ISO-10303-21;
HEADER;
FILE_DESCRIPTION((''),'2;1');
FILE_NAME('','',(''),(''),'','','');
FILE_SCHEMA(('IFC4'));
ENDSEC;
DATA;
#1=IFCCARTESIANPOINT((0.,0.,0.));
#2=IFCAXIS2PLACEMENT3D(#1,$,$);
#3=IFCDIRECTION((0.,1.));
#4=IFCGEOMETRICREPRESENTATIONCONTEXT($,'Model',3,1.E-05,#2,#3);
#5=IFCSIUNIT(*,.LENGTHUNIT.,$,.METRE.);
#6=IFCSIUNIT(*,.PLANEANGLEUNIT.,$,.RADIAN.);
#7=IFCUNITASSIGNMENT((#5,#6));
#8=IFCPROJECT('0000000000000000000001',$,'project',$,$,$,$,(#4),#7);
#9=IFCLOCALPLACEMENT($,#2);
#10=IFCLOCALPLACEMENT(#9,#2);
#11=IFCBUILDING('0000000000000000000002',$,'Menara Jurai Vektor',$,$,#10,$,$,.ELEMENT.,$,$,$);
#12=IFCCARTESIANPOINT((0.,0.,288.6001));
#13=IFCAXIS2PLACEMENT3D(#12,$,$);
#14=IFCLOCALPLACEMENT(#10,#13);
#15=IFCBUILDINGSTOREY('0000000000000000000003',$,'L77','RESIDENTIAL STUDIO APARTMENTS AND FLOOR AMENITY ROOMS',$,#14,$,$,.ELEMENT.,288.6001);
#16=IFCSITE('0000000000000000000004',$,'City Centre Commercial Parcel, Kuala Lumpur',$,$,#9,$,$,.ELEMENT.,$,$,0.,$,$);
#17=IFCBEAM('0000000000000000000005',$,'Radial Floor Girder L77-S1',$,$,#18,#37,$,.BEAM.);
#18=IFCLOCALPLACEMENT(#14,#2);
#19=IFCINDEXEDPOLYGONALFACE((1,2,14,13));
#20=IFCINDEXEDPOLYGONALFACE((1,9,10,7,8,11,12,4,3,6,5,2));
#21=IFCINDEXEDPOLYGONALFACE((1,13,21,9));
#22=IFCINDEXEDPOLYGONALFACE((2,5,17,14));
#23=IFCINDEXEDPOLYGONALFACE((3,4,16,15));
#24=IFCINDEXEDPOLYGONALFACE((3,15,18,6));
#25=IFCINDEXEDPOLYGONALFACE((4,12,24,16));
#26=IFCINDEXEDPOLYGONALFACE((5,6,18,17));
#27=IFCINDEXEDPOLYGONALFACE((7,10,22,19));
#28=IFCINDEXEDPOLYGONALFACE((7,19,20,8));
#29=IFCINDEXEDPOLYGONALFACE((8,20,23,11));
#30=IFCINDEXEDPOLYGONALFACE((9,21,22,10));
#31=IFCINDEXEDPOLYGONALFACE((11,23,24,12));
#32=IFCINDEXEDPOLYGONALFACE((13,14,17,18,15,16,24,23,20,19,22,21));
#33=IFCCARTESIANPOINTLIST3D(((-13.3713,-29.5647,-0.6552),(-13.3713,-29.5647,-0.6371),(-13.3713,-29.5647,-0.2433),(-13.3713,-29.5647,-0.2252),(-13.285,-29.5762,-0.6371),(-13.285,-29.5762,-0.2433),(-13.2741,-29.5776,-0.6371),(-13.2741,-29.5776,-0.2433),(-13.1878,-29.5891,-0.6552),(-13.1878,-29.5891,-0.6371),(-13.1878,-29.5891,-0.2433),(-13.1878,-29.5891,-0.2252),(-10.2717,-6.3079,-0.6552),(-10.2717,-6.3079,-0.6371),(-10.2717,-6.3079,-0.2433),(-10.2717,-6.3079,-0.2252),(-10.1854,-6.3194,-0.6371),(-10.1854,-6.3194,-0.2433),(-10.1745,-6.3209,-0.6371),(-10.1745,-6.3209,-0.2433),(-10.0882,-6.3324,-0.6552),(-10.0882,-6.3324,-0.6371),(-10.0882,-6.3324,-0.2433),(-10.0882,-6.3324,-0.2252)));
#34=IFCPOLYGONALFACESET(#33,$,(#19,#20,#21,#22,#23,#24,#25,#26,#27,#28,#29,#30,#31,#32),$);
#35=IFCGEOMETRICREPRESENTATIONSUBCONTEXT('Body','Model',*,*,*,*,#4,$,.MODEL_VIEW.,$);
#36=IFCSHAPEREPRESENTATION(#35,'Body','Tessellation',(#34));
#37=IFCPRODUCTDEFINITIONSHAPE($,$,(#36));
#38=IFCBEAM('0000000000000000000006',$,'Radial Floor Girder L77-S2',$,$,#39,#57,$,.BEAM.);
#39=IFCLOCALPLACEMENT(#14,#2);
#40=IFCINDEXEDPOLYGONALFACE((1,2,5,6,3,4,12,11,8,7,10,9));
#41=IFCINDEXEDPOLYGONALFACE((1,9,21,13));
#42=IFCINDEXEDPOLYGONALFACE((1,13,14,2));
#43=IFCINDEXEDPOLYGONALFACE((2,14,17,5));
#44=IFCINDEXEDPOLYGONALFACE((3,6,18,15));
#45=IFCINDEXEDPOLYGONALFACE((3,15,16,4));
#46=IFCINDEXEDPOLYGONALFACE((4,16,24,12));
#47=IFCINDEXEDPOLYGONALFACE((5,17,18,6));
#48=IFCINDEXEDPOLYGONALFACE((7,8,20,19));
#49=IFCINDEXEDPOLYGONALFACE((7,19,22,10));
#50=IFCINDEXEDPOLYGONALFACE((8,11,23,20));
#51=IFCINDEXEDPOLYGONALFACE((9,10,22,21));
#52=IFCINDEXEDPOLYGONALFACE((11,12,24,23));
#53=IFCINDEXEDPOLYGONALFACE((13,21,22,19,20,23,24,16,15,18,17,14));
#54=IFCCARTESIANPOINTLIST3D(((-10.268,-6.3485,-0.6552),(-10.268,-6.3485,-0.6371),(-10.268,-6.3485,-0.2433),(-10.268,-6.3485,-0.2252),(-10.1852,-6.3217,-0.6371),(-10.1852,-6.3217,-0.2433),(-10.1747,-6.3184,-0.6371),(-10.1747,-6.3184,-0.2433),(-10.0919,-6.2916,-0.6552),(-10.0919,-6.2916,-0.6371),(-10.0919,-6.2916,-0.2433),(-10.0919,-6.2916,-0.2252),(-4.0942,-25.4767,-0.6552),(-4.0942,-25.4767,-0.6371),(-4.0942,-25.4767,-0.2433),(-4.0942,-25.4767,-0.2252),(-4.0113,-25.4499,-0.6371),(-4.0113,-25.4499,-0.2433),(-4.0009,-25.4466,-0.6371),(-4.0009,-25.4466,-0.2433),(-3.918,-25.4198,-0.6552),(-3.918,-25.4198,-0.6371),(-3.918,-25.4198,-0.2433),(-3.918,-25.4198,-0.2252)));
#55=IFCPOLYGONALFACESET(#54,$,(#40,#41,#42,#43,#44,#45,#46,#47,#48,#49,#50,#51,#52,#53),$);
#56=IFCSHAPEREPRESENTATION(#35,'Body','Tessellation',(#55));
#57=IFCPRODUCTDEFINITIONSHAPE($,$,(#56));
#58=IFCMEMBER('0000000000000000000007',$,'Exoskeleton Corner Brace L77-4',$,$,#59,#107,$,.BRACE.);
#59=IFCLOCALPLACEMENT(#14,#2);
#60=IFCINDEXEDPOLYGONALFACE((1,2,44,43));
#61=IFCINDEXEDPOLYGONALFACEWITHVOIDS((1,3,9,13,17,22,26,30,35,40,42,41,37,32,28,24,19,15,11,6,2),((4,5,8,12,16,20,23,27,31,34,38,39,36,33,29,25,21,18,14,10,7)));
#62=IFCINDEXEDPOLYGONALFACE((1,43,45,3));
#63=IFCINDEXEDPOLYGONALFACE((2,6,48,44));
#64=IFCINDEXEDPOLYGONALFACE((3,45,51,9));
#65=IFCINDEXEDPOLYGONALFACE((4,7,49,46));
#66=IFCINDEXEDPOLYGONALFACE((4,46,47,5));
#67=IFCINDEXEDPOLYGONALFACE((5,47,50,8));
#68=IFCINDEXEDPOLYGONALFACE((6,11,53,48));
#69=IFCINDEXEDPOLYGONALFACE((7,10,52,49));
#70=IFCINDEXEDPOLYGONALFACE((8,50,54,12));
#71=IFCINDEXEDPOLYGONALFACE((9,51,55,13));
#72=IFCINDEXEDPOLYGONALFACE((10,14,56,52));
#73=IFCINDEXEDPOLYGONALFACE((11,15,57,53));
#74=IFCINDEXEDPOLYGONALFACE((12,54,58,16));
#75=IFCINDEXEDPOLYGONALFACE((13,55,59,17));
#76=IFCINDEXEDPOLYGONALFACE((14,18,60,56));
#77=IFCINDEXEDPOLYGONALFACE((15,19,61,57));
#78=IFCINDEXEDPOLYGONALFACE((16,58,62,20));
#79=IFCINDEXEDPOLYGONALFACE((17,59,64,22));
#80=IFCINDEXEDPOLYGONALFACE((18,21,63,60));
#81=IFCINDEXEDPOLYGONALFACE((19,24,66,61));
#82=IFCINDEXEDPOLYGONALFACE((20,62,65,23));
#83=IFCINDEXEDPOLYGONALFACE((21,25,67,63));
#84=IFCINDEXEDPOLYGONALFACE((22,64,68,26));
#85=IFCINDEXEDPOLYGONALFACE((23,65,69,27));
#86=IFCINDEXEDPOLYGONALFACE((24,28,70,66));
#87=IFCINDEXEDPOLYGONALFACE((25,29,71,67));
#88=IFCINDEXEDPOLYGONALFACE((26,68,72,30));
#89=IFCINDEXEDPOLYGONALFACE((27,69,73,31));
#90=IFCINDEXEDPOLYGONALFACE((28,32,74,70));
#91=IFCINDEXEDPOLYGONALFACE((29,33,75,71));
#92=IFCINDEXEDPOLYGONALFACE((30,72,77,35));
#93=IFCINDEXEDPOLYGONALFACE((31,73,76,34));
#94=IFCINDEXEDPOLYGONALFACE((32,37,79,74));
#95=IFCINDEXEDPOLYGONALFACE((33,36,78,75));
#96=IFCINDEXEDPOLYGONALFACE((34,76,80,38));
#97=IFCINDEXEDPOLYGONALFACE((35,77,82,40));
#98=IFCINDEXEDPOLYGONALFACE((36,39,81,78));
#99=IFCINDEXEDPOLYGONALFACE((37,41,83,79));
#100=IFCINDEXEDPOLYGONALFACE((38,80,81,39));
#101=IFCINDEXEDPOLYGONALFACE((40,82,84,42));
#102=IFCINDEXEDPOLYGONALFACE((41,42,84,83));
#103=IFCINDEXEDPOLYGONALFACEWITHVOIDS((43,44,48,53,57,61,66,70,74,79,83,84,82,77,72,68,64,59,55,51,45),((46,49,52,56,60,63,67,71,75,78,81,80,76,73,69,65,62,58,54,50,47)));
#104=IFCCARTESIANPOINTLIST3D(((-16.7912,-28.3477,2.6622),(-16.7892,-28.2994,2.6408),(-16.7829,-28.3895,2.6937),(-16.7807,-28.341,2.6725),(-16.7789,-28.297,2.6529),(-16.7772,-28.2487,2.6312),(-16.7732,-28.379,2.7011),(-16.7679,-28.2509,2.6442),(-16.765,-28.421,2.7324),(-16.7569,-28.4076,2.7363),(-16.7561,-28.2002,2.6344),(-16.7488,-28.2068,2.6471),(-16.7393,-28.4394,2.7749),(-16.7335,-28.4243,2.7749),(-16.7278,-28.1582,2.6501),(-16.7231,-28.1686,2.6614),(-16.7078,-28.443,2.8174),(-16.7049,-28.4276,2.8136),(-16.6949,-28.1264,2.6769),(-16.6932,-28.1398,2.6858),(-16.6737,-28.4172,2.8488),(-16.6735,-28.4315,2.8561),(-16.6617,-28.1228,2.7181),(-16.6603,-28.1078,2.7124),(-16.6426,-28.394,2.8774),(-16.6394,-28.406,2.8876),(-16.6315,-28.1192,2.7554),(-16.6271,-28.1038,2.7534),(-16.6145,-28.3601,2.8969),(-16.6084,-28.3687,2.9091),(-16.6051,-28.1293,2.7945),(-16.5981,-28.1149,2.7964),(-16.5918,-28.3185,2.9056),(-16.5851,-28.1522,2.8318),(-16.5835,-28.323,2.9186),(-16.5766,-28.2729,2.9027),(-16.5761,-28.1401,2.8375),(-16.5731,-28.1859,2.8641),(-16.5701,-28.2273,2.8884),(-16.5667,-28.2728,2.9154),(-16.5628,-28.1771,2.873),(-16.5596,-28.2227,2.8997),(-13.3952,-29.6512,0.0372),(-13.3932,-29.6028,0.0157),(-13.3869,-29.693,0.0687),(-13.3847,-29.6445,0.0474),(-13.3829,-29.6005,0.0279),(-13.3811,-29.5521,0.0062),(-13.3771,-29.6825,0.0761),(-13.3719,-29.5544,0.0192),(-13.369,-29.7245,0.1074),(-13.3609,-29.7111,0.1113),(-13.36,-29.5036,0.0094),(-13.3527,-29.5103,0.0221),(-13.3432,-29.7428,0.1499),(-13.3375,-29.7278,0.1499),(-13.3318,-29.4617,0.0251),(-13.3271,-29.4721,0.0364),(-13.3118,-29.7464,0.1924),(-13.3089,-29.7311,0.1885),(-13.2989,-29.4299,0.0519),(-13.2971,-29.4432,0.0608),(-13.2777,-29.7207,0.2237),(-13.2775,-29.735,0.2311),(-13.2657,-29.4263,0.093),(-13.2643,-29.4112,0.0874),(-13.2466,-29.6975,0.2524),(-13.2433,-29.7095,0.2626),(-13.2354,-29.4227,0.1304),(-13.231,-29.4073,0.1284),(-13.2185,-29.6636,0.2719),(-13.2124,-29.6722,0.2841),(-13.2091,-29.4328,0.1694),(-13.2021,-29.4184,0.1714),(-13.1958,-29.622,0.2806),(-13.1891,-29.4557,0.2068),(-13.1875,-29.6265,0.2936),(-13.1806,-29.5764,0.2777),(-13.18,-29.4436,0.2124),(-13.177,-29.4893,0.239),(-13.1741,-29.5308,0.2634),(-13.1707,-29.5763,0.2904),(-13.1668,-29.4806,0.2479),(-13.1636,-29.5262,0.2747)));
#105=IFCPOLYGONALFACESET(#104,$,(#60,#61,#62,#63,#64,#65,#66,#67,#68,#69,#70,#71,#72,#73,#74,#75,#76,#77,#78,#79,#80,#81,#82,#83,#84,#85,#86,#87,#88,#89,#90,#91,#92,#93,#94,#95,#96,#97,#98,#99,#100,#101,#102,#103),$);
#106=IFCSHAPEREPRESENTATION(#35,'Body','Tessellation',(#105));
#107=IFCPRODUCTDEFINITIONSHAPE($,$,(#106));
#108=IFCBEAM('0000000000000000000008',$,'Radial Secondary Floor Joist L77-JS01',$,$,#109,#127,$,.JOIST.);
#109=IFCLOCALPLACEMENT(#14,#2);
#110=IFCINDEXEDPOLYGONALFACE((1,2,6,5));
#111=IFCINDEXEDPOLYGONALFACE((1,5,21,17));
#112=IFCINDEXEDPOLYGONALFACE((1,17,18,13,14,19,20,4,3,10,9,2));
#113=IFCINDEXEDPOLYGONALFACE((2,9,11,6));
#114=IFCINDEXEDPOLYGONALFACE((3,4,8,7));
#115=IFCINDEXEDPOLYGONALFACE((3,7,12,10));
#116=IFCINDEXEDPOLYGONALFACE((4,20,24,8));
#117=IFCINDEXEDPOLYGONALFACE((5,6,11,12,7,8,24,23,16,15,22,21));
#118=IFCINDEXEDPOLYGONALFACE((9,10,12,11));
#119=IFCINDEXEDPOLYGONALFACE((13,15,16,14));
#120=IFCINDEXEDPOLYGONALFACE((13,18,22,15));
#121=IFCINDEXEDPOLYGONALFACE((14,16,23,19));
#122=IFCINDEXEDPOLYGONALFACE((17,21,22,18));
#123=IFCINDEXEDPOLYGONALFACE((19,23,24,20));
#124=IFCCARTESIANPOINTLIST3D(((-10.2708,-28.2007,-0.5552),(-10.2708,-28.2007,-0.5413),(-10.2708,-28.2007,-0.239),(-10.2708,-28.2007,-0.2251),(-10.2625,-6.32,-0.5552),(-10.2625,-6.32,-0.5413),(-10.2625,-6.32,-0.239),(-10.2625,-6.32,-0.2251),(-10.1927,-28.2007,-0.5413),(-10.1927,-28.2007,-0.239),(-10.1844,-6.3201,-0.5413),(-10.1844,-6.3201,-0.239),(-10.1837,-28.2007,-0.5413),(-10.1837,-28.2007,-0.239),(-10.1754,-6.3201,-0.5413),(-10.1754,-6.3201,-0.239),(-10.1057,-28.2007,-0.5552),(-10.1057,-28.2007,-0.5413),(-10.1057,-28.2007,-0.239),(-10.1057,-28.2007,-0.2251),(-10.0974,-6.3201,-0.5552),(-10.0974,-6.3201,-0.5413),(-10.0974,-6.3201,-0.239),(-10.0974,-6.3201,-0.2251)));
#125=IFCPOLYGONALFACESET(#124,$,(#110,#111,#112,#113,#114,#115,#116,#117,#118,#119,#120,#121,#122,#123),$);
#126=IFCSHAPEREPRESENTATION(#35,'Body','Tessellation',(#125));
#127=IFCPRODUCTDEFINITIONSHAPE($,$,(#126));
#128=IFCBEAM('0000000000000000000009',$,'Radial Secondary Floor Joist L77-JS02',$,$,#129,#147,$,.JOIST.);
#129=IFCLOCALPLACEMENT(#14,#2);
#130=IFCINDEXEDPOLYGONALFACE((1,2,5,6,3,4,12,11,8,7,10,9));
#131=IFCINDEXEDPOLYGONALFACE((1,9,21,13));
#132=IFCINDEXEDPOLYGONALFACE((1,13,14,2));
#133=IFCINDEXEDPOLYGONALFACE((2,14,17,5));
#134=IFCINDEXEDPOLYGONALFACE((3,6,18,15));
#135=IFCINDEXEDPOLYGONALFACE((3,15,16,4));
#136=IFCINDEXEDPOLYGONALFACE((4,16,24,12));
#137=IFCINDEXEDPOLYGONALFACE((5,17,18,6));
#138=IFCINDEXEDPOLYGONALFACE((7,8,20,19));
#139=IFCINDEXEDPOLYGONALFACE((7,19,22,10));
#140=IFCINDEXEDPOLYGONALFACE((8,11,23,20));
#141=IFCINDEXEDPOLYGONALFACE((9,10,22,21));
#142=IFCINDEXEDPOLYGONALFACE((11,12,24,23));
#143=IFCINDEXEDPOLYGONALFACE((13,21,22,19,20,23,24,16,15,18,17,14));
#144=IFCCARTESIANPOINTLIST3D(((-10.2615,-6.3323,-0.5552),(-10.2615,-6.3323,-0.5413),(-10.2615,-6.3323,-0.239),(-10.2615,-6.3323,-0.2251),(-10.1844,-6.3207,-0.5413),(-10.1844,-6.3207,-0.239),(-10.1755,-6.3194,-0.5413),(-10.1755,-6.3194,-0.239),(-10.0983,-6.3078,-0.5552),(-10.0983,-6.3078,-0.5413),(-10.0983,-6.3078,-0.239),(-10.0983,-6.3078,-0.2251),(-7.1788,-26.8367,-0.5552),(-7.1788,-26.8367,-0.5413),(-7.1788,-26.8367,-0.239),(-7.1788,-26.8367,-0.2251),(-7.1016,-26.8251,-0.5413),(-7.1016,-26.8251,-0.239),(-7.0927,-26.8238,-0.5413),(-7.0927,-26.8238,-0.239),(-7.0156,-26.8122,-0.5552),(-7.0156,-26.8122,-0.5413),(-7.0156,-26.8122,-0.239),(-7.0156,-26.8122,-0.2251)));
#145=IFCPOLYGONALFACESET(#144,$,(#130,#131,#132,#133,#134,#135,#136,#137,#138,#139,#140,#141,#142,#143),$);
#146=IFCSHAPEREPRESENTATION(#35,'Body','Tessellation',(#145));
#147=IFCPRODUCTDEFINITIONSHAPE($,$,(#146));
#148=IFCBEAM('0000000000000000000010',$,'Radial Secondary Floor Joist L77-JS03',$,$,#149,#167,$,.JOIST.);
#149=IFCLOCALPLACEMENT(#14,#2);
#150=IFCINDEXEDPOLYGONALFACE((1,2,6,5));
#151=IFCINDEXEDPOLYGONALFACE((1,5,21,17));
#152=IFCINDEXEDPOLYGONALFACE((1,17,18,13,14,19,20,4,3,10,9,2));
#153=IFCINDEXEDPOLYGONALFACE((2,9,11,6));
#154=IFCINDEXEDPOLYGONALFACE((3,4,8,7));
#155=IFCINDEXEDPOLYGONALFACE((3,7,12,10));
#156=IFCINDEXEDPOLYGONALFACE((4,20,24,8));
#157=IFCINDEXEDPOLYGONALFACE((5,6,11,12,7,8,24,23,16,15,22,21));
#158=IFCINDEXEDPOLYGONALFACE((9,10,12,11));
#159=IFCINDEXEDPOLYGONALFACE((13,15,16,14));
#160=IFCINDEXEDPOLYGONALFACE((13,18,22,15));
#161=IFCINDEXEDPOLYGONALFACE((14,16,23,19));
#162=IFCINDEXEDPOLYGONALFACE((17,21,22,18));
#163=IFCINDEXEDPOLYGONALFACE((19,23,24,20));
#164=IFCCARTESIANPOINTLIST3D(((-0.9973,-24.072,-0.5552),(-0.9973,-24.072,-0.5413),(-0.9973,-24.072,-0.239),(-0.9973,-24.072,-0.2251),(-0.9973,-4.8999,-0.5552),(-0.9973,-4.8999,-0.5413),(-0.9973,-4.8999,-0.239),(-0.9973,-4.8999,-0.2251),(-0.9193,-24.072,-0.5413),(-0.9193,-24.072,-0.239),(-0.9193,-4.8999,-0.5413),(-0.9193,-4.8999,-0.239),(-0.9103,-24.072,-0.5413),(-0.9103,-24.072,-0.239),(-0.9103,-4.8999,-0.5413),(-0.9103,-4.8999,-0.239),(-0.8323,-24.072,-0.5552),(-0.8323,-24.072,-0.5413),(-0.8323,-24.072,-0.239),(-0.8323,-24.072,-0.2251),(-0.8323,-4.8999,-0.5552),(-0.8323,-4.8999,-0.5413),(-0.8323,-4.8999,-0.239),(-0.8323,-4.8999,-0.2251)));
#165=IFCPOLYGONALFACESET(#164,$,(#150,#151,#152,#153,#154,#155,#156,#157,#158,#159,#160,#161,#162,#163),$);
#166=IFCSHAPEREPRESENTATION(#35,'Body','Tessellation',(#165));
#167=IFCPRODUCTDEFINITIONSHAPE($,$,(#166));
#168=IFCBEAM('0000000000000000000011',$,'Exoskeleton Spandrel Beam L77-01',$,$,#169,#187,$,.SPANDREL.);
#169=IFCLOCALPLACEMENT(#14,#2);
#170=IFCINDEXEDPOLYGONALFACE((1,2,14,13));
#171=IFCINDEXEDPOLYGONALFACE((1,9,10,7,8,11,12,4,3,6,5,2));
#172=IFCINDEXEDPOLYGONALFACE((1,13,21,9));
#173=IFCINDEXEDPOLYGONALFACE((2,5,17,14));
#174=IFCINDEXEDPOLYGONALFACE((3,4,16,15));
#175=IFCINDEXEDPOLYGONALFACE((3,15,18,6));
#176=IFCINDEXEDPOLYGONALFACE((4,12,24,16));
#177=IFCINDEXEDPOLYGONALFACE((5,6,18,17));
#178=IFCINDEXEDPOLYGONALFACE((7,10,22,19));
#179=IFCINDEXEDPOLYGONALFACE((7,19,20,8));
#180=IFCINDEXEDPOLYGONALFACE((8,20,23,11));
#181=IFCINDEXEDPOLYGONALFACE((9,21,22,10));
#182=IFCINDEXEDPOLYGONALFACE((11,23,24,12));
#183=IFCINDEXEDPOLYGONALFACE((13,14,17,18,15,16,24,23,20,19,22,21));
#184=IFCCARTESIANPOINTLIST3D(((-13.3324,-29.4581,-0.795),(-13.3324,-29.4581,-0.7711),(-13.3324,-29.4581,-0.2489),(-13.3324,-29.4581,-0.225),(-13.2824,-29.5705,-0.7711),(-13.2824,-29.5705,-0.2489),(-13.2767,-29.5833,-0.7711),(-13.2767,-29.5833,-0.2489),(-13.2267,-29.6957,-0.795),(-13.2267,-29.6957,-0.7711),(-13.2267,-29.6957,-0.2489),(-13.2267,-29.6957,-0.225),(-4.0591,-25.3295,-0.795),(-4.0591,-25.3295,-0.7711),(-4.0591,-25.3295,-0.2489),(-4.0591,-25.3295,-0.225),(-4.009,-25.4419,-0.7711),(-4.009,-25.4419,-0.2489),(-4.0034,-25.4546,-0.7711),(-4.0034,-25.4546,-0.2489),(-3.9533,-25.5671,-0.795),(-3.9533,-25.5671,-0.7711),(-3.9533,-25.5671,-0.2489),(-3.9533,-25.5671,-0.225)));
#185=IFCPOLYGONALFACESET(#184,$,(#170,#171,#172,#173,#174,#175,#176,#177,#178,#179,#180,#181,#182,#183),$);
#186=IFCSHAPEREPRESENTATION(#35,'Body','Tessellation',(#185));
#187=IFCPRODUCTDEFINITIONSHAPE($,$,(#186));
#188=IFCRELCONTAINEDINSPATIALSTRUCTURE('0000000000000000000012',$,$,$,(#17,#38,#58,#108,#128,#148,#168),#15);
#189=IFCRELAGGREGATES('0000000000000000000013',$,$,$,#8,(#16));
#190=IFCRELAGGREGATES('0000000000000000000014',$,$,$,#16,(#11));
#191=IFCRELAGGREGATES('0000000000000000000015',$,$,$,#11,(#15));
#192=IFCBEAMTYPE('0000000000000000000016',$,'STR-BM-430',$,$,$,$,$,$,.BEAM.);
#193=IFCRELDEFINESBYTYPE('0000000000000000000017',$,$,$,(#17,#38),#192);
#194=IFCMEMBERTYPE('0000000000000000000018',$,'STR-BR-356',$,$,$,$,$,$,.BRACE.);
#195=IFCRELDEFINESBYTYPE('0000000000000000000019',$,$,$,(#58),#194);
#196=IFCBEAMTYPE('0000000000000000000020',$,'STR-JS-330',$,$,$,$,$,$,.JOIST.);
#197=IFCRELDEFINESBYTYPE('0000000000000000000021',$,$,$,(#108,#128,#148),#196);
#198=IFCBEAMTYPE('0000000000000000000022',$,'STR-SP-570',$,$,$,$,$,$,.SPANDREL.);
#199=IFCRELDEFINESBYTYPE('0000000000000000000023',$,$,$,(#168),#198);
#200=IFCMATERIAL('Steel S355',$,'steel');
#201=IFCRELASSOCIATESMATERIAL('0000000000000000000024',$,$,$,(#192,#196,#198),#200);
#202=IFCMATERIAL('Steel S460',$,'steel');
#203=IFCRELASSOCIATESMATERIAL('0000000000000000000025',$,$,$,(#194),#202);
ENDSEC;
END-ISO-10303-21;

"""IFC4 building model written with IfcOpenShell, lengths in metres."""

from ifc_helpers import new_model, si_unit, direction, frame, origin, origin_2d, place, context, subcontext, project, spatial, hollow_circle, i_section, extrude, material, material_profile, profile_set, type_object, element, save


model = new_model("IFC4")

# Units and contexts
model_context = context("Model", 3, precision=1e-05, world=origin(), true_north=direction((0.0, 1.0)))
body_context = subcontext(model_context, "Body", "Model", "MODEL_VIEW")
ifc_project = project(units=[si_unit("LENGTHUNIT", "METRE"), si_unit("PLANEANGLEUNIT", "RADIAN")], contexts=[model_context])

# Site, building, storey
site_placement = place(None, origin())
site = spatial("IfcSite", under=ifc_project, at=site_placement, Name="City Centre Commercial Parcel, Kuala Lumpur", CompositionType="ELEMENT", RefElevation=0.0)
building_placement = place(site_placement, origin())
building = spatial("IfcBuilding", under=site, at=building_placement, Name="Menara Jurai Vektor", CompositionType="ELEMENT")
storey_placement = place(building_placement, frame((0.0, 0.0, 288.6001)))
storey = spatial("IfcBuildingStorey", under=building, at=storey_placement, Name="L77", Description="RESIDENTIAL STUDIO APARTMENTS AND FLOOR AMENITY ROOMS", CompositionType="ELEMENT", Elevation=288.6001)

# Shared definitions
ifc_material_1 = material(Name="Steel S460", Category="steel")

# Beams
ifc_material_2 = material(Name="Steel S355", Category="steel")
ifc_material_profile_1 = material_profile(ifc_material_2, i_section(OverallWidth=0.1851, OverallDepth=0.4299, WebThickness=0.011, FlangeThickness=0.0181, at=origin_2d()), Name="PG 430x185x76")
ifc_profile_set_1 = profile_set([ifc_material_profile_1], Name="Steel S355")
beam_type_1 = type_object("IfcBeamType", Name="STR-BM-430", PredefinedType="BEAM", material=ifc_profile_set_1)
beam_1_placement = place(storey_placement, frame((-13.2795, -29.5769, -0.4402), z_axis=(0.132109, 0.991235, 0.0), x_axis=(-0.991235, 0.132109, 0.0)))
element("IfcBeam", 1, at=beam_1_placement, inside=storey, type_object=beam_type_1, Name="Radial Floor Girder L77-S1", PredefinedType="BEAM", context=body_context, shape_type="SweptSolid", body=[
    extrude(i_section(OverallWidth=0.1851, OverallDepth=0.4299, WebThickness=0.011, FlangeThickness=0.0181, at=origin_2d()), origin(), (0.0, 0.0, 1.0), 23.4624),
])
beam_2_placement = place(storey_placement, frame((-4.0061, -25.4482, -0.4402), z_axis=(-0.307158, 0.951658, 0.0), x_axis=(-0.951658, -0.307158, 0.0)))
element("IfcBeam", 2, at=beam_2_placement, inside=storey, type_object=beam_type_1, Name="Radial Floor Girder L77-S2", PredefinedType="BEAM", context=body_context, shape_type="SweptSolid", body=[
    extrude(i_section(OverallWidth=0.1851, OverallDepth=0.4299, WebThickness=0.011, FlangeThickness=0.0181, at=origin_2d()), origin(), (0.0, 0.0, 1.0), 20.0999),
])

# Member
ifc_material_profile_2 = material_profile(ifc_material_1, hollow_circle(Radius=0.1777, WallThickness=0.0161, at=origin_2d()), Name="CHS 355.6x16")
ifc_profile_set_2 = profile_set([ifc_material_profile_2], Name="Steel S460")
member_type_1 = type_object("IfcMemberType", Name="STR-BR-356", PredefinedType="BRACE", material=ifc_profile_set_2)
member_1_placement = place(storey_placement, frame((-13.2795, -29.5769, 0.1499), z_axis=(-0.757054, 0.290576, 0.585179), x_axis=(-0.358336, -0.933593, 0.0)))
element("IfcMember", 3, at=member_1_placement, inside=storey, type_object=member_type_1, Name="Exoskeleton Corner Brace L77-4", PredefinedType="BRACE", context=body_context, shape_type="SweptSolid", body=[
    extrude(hollow_circle(Radius=0.1777, WallThickness=0.0161, at=origin_2d()), origin(), (0.0, 0.0, 1.0), 4.4858),
])

# Beams
ifc_material_profile_3 = material_profile(ifc_material_2, i_section(OverallWidth=0.165, OverallDepth=0.3301, WebThickness=0.009, FlangeThickness=0.0139, at=origin_2d()), Name="PG 330x165x46")
ifc_profile_set_3 = profile_set([ifc_material_profile_3], Name="Steel S355")
beam_type_2 = type_object("IfcBeamType", Name="STR-JS-330", PredefinedType="JOIST", material=ifc_profile_set_3)
beam_3_placement = place(storey_placement, frame((-10.1882, -28.2007, -0.3901), z_axis=(0.000379, 1.0, 0.0), x_axis=(-1.0, 0.000379, 0.0)))
element("IfcBeam", 4, at=beam_3_placement, inside=storey, type_object=beam_type_2, Name="Radial Secondary Floor Joist L77-JS01", PredefinedType="JOIST", context=body_context, shape_type="SweptSolid", body=[
    extrude(i_section(OverallWidth=0.165, OverallDepth=0.3301, WebThickness=0.009, FlangeThickness=0.0139, at=origin_2d()), origin(), (0.0, 0.0, 1.0), 21.8806),
])
beam_4_placement = place(storey_placement, frame((-7.0972, -26.8245, -0.3901), z_axis=(-0.148676, 0.988886, 0.0), x_axis=(-0.988886, -0.148676, 0.0)))
element("IfcBeam", 5, at=beam_4_placement, inside=storey, type_object=beam_type_2, Name="Radial Secondary Floor Joist L77-JS02", PredefinedType="JOIST", context=body_context, shape_type="SweptSolid", body=[
    extrude(i_section(OverallWidth=0.165, OverallDepth=0.3301, WebThickness=0.009, FlangeThickness=0.0139, at=origin_2d()), origin(), (0.0, 0.0, 1.0), 20.7349),
])
beam_5_placement = place(storey_placement, frame((-0.9148, -24.072, -0.3901), z_axis=(0.0, 1.0, 0.0), x_axis=(-1.0, 0.0, 0.0)))
element("IfcBeam", 6, at=beam_5_placement, inside=storey, type_object=beam_type_2, Name="Radial Secondary Floor Joist L77-JS03", PredefinedType="JOIST", context=body_context, shape_type="SweptSolid", body=[
    extrude(i_section(OverallWidth=0.165, OverallDepth=0.3301, WebThickness=0.009, FlangeThickness=0.0139, at=origin_2d()), origin(), (0.0, 0.0, 1.0), 19.1721),
])
ifc_material_profile_4 = material_profile(ifc_material_2, i_section(OverallWidth=0.26, OverallDepth=0.5701, WebThickness=0.0139, FlangeThickness=0.0239, at=origin_2d()), Name="PG 570x260x145")
ifc_profile_set_4 = profile_set([ifc_material_profile_4], Name="Steel S355")
beam_type_3 = type_object("IfcBeamType", Name="STR-SP-570", PredefinedType="SPANDREL", material=ifc_profile_set_4)
beam_6_placement = place(storey_placement, frame((-13.2795, -29.5769, -0.51), z_axis=(0.913551, 0.406725, 0.0), x_axis=(-0.406725, 0.913551, 0.0)))
element("IfcBeam", 7, at=beam_6_placement, inside=storey, type_object=beam_type_3, Name="Exoskeleton Spandrel Beam L77-01", PredefinedType="SPANDREL", context=body_context, shape_type="SweptSolid", body=[
    extrude(i_section(OverallWidth=0.26, OverallDepth=0.5701, WebThickness=0.0139, FlangeThickness=0.0239, at=origin_2d()), origin(), (0.0, 0.0, 1.0), 10.1509),
])

save(model, "model.ifc")
